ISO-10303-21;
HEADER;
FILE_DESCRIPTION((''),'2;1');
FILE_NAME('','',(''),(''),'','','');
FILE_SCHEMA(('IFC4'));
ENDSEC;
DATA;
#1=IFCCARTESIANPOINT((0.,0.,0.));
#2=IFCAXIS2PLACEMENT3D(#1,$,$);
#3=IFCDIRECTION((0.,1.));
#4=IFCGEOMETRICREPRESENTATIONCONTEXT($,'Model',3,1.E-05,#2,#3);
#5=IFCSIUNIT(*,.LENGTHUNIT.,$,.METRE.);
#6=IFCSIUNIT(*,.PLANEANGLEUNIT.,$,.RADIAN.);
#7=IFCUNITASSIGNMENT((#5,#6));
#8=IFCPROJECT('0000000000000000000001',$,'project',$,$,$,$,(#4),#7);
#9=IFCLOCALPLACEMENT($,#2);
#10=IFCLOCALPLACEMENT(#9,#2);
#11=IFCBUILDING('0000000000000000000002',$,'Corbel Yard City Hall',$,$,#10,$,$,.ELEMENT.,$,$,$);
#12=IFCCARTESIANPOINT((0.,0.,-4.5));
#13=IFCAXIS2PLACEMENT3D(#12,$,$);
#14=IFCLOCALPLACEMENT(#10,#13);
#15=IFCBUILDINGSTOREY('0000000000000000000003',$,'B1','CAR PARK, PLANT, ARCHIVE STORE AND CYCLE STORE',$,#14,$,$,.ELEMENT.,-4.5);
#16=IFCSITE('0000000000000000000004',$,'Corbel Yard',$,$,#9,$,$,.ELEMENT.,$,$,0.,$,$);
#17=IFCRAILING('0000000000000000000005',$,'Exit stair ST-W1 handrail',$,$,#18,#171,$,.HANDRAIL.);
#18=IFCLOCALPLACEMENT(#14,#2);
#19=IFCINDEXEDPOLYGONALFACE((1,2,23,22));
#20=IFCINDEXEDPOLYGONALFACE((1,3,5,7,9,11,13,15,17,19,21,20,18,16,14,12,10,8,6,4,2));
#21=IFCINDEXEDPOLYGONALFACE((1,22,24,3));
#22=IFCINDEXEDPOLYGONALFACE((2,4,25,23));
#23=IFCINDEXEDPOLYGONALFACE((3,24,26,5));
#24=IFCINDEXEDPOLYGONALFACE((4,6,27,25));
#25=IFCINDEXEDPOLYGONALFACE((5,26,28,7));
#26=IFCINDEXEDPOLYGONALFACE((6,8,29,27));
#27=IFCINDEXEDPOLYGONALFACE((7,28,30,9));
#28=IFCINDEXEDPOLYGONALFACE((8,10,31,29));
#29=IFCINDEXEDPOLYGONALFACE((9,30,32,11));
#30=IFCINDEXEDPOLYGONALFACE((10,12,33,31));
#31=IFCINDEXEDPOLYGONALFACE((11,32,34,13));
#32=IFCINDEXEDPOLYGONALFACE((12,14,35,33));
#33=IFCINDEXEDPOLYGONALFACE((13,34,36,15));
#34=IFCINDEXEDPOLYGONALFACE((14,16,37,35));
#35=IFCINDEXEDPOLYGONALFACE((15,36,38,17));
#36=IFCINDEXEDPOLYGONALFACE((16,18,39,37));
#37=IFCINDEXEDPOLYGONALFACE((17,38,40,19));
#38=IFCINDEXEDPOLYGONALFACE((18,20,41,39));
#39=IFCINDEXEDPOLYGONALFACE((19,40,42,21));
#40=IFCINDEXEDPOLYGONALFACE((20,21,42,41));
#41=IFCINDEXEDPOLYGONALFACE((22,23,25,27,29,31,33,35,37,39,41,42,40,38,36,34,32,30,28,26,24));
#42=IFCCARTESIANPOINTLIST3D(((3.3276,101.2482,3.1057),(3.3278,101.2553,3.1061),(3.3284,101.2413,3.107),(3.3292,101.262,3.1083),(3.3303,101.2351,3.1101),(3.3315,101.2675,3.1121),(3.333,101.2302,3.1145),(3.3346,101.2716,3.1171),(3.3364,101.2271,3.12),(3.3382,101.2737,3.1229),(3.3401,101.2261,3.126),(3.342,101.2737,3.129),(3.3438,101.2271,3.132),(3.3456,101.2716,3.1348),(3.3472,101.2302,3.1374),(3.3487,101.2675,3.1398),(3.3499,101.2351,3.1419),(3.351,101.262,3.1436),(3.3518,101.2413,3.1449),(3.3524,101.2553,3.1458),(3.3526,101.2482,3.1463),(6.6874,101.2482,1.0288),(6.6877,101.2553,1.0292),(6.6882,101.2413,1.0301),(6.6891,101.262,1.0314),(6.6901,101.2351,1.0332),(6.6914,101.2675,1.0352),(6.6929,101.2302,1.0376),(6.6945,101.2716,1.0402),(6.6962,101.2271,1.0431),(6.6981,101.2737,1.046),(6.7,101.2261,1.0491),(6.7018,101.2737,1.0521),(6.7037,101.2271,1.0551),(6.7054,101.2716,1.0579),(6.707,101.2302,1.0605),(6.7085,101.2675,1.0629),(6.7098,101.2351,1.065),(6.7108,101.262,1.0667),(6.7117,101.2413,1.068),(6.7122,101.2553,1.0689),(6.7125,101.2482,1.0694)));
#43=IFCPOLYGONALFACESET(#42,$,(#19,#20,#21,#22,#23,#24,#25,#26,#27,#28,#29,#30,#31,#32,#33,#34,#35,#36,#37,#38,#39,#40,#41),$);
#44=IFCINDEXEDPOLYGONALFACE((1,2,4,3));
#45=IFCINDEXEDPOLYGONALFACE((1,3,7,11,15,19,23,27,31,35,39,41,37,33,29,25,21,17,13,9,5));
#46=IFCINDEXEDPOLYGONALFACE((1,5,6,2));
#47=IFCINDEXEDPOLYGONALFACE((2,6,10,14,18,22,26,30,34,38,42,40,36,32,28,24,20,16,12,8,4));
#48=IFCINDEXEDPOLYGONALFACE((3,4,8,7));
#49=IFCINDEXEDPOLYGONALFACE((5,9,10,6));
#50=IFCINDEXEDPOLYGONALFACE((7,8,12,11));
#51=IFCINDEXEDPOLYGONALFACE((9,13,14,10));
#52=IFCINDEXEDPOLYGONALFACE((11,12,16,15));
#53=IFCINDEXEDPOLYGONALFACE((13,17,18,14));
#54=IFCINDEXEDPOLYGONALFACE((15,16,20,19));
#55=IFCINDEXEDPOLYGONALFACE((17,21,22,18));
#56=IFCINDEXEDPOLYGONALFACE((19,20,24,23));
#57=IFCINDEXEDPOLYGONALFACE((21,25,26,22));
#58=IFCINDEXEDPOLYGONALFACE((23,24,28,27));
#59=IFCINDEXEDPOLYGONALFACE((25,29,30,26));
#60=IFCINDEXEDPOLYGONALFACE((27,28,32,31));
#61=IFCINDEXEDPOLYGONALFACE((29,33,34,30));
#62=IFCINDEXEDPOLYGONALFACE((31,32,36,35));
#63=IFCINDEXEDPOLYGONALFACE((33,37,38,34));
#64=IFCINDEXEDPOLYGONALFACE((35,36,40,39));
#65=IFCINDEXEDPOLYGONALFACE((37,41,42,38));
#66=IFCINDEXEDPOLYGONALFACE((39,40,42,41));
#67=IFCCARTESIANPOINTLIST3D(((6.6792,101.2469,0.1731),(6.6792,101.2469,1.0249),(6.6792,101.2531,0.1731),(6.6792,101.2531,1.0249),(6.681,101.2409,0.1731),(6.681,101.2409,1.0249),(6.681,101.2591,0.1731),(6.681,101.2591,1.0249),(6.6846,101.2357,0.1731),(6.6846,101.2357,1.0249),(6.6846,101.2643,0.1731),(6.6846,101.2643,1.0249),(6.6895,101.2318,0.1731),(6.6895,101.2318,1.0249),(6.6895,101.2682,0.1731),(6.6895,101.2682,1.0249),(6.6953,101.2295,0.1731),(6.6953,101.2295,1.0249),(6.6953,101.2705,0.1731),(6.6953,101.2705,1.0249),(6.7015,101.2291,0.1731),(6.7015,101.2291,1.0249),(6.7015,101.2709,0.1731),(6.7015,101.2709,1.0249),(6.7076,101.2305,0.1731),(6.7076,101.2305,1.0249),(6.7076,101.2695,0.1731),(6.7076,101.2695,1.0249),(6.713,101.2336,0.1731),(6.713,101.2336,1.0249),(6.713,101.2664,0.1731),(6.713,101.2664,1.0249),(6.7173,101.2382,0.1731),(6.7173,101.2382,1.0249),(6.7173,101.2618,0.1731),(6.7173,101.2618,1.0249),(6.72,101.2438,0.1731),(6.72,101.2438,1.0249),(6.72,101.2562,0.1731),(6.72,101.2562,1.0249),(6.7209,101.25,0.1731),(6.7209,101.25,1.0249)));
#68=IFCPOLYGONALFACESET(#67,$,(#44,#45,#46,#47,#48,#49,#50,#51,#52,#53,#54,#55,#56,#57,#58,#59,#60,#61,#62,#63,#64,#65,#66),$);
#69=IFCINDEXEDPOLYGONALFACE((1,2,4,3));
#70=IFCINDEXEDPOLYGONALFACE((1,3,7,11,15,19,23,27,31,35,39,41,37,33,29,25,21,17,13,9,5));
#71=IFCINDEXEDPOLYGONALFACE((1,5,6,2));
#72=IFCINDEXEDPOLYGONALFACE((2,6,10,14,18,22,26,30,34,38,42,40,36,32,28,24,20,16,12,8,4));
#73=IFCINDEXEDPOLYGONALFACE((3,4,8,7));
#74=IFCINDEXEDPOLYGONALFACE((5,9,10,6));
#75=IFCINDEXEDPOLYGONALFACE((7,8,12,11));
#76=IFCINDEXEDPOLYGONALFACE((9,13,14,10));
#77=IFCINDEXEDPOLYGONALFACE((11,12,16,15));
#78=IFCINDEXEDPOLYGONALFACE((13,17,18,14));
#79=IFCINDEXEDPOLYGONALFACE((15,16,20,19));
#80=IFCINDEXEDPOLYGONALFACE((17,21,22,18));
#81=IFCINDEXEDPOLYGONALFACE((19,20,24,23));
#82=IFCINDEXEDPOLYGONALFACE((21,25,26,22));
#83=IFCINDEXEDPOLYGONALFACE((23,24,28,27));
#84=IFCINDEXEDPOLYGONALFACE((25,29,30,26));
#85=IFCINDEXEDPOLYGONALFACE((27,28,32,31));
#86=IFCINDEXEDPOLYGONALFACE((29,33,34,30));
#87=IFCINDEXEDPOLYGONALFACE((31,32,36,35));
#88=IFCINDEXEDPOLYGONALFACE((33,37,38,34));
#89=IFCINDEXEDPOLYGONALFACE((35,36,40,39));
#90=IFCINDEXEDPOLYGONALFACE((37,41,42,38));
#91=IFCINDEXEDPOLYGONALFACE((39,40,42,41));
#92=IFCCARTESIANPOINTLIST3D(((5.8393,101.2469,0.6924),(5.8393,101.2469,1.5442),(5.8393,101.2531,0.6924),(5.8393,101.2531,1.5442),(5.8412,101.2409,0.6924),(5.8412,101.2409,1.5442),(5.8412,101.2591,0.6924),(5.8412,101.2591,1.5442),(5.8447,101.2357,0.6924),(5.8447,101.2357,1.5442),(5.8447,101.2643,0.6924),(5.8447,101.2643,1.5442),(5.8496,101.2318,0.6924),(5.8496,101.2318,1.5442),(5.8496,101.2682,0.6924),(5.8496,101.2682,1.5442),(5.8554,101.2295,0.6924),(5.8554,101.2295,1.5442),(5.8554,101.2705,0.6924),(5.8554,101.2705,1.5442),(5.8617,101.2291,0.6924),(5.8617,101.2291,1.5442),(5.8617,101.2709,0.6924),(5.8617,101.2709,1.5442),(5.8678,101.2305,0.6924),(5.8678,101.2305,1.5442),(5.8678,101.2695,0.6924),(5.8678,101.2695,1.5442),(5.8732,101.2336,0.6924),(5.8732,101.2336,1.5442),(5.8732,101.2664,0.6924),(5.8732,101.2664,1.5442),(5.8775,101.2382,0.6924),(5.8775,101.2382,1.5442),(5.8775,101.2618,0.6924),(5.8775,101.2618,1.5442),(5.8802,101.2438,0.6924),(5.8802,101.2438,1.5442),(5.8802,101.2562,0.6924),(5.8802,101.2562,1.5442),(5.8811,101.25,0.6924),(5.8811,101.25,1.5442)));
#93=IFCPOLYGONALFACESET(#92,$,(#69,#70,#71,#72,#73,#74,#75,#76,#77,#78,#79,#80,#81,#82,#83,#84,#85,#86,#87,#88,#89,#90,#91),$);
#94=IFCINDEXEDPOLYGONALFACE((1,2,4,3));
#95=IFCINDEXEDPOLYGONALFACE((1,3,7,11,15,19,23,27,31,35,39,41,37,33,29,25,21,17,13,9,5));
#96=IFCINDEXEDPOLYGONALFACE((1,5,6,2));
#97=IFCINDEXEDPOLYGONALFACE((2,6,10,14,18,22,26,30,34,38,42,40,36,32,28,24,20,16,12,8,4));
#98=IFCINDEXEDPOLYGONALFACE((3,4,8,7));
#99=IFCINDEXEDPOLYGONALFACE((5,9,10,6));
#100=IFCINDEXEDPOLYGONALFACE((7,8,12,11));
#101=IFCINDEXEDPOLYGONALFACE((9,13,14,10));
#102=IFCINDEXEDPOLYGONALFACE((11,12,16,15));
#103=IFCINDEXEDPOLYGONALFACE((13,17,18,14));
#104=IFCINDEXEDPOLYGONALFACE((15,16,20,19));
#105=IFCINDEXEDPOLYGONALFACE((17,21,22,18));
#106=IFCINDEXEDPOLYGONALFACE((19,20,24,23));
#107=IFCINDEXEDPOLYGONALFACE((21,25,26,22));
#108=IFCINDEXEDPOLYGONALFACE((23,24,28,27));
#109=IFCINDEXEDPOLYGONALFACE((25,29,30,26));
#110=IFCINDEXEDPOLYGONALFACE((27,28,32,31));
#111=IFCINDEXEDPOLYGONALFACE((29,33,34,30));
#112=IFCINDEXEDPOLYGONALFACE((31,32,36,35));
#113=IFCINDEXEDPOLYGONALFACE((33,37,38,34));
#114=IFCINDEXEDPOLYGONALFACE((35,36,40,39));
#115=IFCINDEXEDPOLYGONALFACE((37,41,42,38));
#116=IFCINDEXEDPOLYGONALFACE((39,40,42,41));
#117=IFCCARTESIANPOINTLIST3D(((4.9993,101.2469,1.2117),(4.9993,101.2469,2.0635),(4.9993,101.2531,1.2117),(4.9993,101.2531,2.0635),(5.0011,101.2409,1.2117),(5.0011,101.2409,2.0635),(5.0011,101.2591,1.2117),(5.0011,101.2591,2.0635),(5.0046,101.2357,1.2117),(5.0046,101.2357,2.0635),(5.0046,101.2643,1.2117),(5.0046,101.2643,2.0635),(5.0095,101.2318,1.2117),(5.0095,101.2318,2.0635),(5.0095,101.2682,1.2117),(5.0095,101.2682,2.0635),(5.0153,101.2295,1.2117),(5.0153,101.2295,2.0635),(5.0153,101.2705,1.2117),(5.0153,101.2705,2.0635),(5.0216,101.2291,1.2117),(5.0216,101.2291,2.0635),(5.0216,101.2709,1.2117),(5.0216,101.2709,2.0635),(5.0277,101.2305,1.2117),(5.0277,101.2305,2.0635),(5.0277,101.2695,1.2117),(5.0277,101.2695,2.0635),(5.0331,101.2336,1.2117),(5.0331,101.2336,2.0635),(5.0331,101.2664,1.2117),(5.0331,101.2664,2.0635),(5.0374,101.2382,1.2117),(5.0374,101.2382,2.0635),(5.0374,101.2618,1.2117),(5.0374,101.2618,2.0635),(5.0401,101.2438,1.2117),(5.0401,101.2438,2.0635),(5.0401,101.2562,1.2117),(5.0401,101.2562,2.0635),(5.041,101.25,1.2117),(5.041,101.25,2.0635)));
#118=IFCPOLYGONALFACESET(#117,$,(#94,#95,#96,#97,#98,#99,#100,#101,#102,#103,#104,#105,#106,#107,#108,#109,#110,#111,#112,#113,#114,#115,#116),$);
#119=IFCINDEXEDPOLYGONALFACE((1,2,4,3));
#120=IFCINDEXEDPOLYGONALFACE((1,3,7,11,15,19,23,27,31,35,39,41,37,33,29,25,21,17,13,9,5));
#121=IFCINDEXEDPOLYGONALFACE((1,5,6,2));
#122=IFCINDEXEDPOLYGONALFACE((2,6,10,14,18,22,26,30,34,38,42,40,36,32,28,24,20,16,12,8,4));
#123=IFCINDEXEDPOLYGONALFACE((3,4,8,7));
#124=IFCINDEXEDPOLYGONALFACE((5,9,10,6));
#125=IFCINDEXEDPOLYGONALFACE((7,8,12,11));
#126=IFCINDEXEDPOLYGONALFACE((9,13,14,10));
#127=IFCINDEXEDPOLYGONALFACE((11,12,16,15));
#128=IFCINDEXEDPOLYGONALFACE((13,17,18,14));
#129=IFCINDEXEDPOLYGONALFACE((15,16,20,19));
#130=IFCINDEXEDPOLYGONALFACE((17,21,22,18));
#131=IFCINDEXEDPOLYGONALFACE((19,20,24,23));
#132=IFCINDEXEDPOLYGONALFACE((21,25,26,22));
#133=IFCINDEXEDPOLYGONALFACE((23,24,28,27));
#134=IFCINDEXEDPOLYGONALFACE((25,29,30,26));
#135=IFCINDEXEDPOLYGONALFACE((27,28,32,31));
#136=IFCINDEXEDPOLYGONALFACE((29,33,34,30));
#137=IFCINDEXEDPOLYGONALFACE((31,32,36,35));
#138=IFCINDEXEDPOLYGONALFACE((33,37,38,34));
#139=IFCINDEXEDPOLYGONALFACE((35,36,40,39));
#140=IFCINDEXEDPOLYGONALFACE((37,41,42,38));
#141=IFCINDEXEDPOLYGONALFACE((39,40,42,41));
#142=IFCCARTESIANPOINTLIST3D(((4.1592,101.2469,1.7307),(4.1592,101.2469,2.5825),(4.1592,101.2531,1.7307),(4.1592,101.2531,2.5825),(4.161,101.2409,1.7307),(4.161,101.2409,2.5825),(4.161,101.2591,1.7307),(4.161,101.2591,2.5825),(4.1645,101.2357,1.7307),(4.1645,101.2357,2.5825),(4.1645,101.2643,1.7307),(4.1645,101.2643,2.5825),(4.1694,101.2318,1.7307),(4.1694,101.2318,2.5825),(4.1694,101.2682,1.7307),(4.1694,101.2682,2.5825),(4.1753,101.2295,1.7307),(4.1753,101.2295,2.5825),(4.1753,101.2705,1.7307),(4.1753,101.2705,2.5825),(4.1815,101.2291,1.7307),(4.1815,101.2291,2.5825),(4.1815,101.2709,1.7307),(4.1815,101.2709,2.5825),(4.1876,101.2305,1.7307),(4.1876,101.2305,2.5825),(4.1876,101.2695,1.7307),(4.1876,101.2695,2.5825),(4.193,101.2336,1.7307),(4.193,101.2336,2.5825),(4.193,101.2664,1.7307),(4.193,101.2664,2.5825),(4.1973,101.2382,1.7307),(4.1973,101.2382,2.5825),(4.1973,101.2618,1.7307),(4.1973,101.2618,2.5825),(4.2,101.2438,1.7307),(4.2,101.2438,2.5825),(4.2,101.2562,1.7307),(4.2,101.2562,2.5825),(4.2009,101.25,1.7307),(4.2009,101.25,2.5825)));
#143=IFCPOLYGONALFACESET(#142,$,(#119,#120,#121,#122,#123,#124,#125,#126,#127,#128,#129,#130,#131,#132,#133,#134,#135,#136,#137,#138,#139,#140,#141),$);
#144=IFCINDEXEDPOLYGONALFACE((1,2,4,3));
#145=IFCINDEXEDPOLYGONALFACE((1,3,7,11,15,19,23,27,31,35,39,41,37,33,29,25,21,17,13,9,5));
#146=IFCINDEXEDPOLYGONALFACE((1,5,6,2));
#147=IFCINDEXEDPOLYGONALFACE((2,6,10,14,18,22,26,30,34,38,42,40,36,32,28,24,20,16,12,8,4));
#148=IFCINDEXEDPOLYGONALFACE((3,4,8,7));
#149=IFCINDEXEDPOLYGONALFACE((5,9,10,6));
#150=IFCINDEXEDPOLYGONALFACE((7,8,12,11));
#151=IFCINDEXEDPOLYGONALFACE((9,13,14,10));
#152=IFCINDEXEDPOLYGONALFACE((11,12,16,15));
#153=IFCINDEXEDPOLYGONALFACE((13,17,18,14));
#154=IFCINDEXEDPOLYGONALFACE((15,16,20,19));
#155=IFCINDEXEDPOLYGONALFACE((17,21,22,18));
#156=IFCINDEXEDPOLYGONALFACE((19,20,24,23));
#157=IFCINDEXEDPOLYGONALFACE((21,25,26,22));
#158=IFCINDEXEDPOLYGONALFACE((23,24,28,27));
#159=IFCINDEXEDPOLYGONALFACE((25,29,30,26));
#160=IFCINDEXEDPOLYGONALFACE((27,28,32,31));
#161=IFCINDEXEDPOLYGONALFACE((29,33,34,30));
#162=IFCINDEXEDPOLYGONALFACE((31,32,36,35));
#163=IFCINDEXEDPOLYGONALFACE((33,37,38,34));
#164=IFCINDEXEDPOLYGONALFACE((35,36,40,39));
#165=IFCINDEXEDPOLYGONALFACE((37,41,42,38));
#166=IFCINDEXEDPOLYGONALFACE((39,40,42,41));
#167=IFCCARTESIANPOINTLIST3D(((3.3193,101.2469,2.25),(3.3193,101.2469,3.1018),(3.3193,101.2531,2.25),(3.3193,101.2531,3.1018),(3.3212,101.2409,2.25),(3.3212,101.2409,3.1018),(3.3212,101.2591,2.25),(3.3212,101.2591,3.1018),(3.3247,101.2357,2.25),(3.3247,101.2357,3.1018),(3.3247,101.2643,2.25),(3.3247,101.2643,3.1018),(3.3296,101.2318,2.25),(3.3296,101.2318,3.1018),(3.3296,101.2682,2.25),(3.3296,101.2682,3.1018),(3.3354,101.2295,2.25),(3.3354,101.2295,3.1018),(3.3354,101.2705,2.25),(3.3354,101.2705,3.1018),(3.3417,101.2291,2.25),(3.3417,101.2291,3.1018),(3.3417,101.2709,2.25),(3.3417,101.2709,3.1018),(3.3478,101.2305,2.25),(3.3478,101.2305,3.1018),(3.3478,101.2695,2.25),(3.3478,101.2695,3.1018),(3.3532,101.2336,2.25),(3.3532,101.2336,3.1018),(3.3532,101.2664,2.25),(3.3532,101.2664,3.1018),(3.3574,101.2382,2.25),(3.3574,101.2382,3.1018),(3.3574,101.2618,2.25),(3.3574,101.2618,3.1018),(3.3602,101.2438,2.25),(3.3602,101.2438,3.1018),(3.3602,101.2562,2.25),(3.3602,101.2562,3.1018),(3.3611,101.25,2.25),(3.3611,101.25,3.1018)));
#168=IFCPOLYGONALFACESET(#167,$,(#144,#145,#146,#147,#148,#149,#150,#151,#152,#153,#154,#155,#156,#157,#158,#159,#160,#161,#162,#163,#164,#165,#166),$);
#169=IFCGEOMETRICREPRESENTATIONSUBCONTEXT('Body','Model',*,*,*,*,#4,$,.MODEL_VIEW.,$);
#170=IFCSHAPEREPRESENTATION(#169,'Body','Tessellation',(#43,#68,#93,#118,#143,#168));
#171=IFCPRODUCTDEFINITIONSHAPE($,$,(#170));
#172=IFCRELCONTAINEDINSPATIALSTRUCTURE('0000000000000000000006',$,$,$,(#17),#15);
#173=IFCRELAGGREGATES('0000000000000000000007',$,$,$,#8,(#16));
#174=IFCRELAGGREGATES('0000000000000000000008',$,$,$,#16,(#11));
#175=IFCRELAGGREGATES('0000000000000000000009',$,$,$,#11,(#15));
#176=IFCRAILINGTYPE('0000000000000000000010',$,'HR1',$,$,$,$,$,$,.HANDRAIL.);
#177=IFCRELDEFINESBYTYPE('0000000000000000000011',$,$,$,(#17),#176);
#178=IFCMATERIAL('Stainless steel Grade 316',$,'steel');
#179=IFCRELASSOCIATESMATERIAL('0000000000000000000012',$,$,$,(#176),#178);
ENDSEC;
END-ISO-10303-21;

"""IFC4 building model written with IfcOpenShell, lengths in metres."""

from ifc_helpers import new_model, si_unit, direction, frame, origin, origin_2d, place, context, subcontext, project, spatial, circle, extrude, material, type_object, element, save


model = new_model("IFC4")

# Units and contexts
model_context = context("Model", 3, precision=1e-05, world=origin(), true_north=direction((0.0, 1.0)))
body_context = subcontext(model_context, "Body", "Model", "MODEL_VIEW")
ifc_project = project(units=[si_unit("LENGTHUNIT", "METRE"), si_unit("PLANEANGLEUNIT", "RADIAN")], contexts=[model_context])

# Site, building, storey
site_placement = place(None, origin())
site = spatial("IfcSite", under=ifc_project, at=site_placement, Name="Corbel Yard", CompositionType="ELEMENT", RefElevation=0.0)
building_placement = place(site_placement, origin())
building = spatial("IfcBuilding", under=site, at=building_placement, Name="Corbel Yard City Hall", CompositionType="ELEMENT")
storey_placement = place(building_placement, frame((0.0, 0.0, -4.5)))
storey = spatial("IfcBuildingStorey", under=building, at=storey_placement, Name="B1", Description="CAR PARK, PLANT, ARCHIVE STORE AND CYCLE STORE", CompositionType="ELEMENT", Elevation=-4.5)

# Railing
ifc_material_1 = material(Name="Stainless steel Grade 316", Category="steel")
railing_type = type_object("IfcRailingType", Name="HR1", PredefinedType="HANDRAIL", material=ifc_material_1)
for number, where, name in (
    (1, (6.7, 101.25, 0.1731), "Exit stair ST-W1 handrail"),
):
    element("IfcRailing", number, at=place(storey_placement, frame(where)), inside=storey, type_object=railing_type, Name=name, PredefinedType="HANDRAIL", context=body_context, shape_type="SweptSolid", body=[
        extrude(circle(Radius=0.0239, at=origin_2d()), frame((0.0, 0.0, 0.876), z_axis=(-0.850606, 0.0, 0.525803), x_axis=(0.0, -1.0, 0.0)), (0.0, 0.0, 1.0), 3.95),
        extrude(circle(Radius=0.021, at=origin_2d()), origin(), (0.0, 0.0, 1.0), 0.8518),
        extrude(circle(Radius=0.021, at=origin_2d()), frame((-0.8398, 0.0, 0.5193)), (0.0, 0.0, 1.0), 0.8518),
        extrude(circle(Radius=0.021, at=origin_2d()), frame((-1.6799, 0.0, 1.0386)), (0.0, 0.0, 1.0), 0.8518),
        extrude(circle(Radius=0.021, at=origin_2d()), frame((-2.52, 0.0, 1.5576)), (0.0, 0.0, 1.0), 0.8518),
        extrude(circle(Radius=0.021, at=origin_2d()), frame((-3.3599, 0.0, 2.0769)), (0.0, 0.0, 1.0), 0.8518),
    ])

save(model, "model.ifc")
